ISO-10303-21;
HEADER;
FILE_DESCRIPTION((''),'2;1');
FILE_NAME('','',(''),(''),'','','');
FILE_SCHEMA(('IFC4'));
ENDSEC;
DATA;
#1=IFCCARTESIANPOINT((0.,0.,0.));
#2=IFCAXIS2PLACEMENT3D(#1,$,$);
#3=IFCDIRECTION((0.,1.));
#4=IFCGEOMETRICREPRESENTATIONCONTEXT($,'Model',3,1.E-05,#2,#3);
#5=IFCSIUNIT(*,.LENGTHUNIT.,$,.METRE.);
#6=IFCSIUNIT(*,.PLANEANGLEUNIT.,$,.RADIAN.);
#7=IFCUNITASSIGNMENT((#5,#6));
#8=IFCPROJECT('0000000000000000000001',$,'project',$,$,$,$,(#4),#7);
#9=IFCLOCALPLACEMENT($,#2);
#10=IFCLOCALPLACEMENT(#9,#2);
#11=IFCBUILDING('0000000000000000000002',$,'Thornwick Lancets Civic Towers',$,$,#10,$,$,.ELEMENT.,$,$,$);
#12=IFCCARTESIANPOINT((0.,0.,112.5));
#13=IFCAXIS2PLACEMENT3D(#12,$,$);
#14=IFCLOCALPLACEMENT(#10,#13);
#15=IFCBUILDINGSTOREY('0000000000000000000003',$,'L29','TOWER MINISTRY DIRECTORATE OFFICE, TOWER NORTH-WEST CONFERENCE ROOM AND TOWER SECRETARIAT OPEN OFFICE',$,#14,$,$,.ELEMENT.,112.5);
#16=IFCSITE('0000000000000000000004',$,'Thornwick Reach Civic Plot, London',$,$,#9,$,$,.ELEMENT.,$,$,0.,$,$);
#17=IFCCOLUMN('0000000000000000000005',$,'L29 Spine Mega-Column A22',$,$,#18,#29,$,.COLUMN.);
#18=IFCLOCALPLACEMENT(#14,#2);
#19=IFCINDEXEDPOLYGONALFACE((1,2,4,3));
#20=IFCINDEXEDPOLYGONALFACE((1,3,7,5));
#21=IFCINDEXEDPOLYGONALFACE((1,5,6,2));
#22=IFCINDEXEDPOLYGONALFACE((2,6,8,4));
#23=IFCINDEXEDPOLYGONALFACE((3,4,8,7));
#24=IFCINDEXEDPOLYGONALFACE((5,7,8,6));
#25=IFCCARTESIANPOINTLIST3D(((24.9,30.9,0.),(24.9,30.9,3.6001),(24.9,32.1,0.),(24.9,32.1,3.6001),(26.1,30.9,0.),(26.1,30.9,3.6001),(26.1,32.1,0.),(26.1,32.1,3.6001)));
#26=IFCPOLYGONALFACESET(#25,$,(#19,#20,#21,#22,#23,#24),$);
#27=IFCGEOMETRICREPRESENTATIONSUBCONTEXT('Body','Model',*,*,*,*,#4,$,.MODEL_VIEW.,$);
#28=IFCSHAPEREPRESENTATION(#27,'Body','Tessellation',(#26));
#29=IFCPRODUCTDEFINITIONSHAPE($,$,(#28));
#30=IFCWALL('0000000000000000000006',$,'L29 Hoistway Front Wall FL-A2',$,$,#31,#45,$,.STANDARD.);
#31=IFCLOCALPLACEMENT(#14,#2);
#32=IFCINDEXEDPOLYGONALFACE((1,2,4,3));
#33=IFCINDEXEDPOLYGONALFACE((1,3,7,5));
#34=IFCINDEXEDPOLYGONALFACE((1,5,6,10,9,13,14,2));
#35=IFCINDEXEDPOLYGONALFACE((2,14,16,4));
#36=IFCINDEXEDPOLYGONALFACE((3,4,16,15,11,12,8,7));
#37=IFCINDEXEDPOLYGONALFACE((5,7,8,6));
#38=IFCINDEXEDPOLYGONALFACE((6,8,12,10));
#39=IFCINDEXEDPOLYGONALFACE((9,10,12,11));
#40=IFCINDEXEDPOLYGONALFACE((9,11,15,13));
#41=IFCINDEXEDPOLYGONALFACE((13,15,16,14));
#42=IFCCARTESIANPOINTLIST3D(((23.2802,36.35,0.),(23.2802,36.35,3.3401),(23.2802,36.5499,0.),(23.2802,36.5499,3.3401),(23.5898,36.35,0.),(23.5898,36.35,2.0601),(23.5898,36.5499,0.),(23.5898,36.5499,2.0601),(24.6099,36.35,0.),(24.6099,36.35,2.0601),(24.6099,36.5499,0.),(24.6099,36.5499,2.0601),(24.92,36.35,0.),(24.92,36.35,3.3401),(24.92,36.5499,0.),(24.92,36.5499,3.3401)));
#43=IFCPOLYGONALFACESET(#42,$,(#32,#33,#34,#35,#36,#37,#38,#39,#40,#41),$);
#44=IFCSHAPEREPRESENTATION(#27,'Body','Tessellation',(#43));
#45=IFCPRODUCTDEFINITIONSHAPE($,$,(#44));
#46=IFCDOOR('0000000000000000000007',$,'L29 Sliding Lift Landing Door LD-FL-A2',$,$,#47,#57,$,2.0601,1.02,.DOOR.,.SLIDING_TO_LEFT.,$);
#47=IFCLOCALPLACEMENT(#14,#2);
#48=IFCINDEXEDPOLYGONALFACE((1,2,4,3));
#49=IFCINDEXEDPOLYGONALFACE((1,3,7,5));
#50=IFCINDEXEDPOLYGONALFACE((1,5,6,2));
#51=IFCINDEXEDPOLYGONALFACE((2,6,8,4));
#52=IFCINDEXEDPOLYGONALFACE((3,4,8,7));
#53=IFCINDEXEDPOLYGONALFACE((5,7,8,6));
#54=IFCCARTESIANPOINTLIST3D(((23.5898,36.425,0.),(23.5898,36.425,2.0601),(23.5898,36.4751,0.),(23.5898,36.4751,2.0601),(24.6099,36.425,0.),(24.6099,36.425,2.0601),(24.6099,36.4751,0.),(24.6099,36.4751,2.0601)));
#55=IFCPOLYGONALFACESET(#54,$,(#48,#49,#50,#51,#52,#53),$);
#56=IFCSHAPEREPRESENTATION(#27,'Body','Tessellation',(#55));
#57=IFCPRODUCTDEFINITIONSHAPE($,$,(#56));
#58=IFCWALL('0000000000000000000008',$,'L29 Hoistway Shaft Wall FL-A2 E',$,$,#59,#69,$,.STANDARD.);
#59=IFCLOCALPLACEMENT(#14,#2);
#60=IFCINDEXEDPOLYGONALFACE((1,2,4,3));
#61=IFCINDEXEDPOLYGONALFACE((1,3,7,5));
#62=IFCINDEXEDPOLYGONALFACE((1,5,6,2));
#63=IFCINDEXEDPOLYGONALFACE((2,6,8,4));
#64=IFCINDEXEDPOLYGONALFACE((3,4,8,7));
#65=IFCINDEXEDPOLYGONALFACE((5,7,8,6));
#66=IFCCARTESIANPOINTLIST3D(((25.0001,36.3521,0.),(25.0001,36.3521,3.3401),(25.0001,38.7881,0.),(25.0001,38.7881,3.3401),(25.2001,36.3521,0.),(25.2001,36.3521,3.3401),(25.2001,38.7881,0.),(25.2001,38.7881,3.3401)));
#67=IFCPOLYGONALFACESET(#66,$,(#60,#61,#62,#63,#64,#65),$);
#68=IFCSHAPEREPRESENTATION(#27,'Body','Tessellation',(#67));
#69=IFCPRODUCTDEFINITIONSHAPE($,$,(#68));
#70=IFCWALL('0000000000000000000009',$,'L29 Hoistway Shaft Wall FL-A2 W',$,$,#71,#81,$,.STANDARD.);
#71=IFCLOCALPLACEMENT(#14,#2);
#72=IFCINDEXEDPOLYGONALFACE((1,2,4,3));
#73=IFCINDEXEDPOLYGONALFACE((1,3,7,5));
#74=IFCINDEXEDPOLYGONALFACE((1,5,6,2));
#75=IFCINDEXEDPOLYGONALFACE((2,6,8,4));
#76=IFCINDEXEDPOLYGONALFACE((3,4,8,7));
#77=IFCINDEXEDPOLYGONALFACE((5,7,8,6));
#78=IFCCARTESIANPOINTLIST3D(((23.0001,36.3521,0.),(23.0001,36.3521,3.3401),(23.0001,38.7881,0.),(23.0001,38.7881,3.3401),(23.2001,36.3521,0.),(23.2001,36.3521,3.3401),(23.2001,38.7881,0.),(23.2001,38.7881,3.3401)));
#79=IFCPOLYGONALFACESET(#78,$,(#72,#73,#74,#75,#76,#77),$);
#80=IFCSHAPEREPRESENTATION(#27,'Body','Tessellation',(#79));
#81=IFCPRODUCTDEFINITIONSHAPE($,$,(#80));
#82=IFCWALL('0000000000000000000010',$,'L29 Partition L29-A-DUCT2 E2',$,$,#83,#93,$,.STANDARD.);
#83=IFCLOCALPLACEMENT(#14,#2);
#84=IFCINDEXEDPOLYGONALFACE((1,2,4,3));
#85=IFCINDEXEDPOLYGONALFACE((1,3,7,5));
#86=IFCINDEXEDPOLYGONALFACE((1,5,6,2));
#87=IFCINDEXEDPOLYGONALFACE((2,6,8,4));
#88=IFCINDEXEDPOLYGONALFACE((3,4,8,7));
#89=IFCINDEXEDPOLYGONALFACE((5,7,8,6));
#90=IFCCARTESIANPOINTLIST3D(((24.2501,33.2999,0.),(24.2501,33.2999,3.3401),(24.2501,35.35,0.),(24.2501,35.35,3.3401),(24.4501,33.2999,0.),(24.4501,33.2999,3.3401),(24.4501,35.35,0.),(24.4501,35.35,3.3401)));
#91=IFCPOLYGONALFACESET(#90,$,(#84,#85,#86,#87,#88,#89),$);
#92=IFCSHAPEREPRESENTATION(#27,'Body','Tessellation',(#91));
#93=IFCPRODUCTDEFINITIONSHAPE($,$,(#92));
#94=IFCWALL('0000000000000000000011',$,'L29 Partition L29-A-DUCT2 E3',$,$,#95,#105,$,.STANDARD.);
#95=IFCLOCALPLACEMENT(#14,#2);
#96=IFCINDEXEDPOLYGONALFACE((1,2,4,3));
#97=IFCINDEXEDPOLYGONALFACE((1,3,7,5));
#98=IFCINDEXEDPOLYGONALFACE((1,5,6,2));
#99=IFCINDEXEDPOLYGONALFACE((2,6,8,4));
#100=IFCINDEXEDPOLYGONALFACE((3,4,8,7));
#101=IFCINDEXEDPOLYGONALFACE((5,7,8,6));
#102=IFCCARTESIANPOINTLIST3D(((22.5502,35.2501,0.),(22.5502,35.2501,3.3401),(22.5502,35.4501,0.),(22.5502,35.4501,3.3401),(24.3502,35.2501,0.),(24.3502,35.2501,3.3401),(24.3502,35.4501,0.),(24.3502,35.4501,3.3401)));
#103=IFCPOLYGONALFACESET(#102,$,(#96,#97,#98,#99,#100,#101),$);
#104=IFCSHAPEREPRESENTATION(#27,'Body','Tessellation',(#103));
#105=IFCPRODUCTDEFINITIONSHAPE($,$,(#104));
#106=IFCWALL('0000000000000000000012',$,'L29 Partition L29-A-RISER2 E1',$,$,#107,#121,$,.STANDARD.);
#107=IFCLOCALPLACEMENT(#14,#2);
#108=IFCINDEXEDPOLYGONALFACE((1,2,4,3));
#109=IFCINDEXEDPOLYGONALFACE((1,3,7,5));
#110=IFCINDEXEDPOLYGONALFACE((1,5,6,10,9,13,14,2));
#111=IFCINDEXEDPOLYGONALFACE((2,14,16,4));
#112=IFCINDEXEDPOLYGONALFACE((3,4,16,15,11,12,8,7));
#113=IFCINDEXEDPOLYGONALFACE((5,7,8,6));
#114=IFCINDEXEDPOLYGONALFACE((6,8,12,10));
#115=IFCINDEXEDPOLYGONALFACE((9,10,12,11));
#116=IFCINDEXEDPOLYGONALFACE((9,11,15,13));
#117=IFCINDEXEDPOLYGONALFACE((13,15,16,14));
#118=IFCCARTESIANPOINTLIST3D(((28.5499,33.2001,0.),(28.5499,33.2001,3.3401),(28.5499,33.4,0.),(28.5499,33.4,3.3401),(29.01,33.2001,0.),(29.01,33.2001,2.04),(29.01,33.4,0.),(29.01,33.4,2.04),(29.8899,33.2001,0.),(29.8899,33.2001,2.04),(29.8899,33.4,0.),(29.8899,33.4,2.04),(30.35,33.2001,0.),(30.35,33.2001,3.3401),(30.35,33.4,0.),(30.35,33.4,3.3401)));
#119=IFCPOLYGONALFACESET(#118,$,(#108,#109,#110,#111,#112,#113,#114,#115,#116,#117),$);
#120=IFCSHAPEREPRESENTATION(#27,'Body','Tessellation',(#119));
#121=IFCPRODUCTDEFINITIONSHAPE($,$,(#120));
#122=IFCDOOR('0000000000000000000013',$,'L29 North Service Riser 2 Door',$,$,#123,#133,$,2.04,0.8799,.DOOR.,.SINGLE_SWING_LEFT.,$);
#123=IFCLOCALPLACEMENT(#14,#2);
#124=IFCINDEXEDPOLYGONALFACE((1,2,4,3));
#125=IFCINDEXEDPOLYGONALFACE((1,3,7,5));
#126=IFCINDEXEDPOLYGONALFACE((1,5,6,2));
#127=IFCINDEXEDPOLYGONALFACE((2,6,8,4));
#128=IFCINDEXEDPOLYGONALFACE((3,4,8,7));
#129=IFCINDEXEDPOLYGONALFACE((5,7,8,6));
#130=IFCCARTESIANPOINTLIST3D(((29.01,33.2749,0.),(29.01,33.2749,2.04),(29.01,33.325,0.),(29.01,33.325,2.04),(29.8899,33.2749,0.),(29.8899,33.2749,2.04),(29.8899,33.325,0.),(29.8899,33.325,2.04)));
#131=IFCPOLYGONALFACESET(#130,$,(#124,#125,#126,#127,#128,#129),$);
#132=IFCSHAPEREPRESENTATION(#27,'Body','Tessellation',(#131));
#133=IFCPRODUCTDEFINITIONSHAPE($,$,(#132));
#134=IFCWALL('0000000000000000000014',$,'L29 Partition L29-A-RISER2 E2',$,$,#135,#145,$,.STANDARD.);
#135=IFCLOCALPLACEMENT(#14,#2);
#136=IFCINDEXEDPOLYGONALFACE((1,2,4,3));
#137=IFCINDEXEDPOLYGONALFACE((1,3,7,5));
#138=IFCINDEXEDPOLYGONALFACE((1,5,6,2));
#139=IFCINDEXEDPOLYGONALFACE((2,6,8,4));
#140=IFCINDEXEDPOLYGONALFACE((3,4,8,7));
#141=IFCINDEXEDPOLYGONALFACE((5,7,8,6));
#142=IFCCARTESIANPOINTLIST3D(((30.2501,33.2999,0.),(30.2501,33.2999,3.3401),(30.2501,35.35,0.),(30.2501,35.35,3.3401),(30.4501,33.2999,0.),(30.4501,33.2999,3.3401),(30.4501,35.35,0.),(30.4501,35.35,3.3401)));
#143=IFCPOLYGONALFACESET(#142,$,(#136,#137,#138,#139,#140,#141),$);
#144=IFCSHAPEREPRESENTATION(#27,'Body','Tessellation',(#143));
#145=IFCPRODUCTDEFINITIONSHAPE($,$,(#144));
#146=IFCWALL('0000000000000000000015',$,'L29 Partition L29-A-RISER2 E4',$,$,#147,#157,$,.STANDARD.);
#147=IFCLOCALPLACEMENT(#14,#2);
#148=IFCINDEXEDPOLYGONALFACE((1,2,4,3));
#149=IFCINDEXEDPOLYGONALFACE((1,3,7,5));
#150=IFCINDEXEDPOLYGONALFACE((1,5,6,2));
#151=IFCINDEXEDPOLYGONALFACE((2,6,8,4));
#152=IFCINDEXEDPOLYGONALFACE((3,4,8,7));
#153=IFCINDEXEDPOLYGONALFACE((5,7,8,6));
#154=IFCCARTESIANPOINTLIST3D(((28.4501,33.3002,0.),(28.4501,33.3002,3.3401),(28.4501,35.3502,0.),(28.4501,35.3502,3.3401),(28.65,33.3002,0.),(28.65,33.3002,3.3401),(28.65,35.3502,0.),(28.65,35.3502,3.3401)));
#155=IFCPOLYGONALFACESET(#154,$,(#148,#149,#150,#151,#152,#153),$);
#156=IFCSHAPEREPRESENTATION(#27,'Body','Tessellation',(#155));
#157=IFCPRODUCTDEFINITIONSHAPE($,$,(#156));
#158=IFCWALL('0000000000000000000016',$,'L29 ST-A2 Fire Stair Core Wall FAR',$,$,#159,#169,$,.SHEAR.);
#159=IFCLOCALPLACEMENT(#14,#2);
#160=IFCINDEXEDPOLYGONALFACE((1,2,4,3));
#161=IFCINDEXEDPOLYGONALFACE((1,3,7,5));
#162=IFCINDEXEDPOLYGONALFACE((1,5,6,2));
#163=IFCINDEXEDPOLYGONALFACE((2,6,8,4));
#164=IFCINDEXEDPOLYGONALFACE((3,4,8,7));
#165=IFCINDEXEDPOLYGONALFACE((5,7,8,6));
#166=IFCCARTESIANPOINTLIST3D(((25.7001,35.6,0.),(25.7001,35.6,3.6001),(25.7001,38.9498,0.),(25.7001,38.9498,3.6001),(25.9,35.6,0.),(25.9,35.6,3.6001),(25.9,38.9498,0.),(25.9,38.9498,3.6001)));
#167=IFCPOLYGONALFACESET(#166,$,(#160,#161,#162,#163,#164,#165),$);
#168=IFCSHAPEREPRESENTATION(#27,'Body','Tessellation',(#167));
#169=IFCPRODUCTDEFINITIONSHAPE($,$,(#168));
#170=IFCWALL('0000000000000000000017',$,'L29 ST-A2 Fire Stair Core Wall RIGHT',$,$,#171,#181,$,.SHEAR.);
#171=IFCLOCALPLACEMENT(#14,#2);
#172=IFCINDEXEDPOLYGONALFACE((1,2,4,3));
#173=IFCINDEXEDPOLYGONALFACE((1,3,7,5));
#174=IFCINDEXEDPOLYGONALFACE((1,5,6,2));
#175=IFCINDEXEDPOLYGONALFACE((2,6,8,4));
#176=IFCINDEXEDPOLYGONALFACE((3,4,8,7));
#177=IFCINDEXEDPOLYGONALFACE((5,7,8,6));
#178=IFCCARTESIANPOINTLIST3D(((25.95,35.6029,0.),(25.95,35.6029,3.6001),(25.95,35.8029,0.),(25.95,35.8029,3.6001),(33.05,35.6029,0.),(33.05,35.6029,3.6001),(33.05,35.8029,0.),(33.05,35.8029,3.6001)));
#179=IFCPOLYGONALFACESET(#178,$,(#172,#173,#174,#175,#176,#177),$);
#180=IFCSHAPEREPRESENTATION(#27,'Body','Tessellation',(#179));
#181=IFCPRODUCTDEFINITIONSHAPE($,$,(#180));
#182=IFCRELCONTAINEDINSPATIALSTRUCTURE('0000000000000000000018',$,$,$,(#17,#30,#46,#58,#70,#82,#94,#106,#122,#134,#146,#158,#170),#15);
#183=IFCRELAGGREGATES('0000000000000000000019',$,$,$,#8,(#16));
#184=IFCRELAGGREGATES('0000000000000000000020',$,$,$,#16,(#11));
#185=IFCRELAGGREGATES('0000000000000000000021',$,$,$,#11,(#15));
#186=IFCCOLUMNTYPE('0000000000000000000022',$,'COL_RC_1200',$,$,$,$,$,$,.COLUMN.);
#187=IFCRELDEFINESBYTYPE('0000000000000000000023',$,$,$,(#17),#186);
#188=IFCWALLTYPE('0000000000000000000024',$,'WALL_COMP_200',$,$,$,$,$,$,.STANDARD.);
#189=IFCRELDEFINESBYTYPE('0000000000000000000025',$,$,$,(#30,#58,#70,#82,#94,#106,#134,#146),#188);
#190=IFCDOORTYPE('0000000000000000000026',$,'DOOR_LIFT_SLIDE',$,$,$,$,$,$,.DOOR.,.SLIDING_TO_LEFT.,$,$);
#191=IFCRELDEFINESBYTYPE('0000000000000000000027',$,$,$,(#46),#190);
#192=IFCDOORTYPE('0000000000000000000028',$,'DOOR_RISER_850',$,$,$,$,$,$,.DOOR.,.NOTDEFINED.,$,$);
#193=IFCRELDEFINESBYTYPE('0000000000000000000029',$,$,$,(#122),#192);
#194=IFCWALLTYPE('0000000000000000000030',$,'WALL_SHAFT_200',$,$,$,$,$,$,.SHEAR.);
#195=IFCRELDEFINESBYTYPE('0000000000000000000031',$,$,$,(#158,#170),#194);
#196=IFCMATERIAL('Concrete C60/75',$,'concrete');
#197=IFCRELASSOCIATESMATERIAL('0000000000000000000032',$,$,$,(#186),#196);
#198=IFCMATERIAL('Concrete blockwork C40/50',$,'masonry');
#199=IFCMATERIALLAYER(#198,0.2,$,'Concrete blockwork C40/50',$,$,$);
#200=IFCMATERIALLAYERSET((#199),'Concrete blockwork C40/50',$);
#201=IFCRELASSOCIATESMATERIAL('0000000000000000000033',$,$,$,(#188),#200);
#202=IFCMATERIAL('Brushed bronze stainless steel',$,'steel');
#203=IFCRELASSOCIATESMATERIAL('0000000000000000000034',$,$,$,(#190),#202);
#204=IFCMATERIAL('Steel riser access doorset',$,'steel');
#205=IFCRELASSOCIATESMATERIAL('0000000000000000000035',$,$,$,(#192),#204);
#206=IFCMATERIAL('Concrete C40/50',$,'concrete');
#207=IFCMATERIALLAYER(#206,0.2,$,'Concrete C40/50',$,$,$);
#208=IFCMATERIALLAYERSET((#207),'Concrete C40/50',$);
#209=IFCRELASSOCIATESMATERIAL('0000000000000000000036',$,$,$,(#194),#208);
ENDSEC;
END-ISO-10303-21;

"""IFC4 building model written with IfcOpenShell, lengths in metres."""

from ifc_helpers import new_model, si_unit, direction, frame, frame_2d, origin, origin_2d, place, context, subcontext, project, spatial, rectangle, extrude, material, layer, layer_set, material_profile, profile_set, type_object, element, fill, save


model = new_model("IFC4")

# Units and contexts
model_context = context("Model", 3, precision=1e-05, world=origin(), true_north=direction((0.0, 1.0)))
body_context = subcontext(model_context, "Body", "Model", "MODEL_VIEW")
ifc_project = project(units=[si_unit("LENGTHUNIT", "METRE"), si_unit("PLANEANGLEUNIT", "RADIAN")], contexts=[model_context])

# Site, building, storey
site_placement = place(None, origin())
site = spatial("IfcSite", under=ifc_project, at=site_placement, Name="Thornwick Reach Civic Plot, London", CompositionType="ELEMENT", RefElevation=0.0)
building_placement = place(site_placement, origin())
building = spatial("IfcBuilding", under=site, at=building_placement, Name="Thornwick Lancets Civic Towers", CompositionType="ELEMENT")
storey_placement = place(building_placement, frame((0.0, 0.0, 112.5)))
storey = spatial("IfcBuildingStorey", under=building, at=storey_placement, Name="L29", Description="TOWER MINISTRY DIRECTORATE OFFICE, TOWER NORTH-WEST CONFERENCE ROOM AND TOWER SECRETARIAT OPEN OFFICE", CompositionType="ELEMENT", Elevation=112.5)

# Column
ifc_material_1 = material(Name="Concrete C60/75", Category="concrete")
ifc_material_profile = material_profile(ifc_material_1, rectangle(XDim=1.2, YDim=1.2, at=origin_2d()), Name="RC 1200x1200")
ifc_profile_set = profile_set([ifc_material_profile], Name="Concrete C60/75")
column_type = type_object("IfcColumnType", Name="COL_RC_1200", PredefinedType="COLUMN", material=ifc_profile_set)
column_placement = place(storey_placement, frame((25.5, 31.5, 0.0), z_axis=(0.0, 0.0, 1.0), x_axis=(1.0, 0.0, 0.0)))
element("IfcColumn", 1, at=column_placement, inside=storey, type_object=column_type, Name="L29 Spine Mega-Column A22", PredefinedType="COLUMN", context=body_context, shape_type="SweptSolid", body=[
    extrude(rectangle(XDim=1.2, YDim=1.2, at=origin_2d()), origin(), (0.0, 0.0, 1.0), 3.6001),
])

# Wall, opening, door
ifc_material_2 = material(Name="Concrete blockwork C40/50", Category="masonry")
ifc_layer_1 = layer(ifc_material_2, 0.2, Name="Concrete blockwork C40/50")
ifc_layer_set_1 = layer_set([ifc_layer_1], Name="Concrete blockwork C40/50")
wall_type_1 = type_object("IfcWallType", Name="WALL_COMP_200", PredefinedType="STANDARD", material=ifc_layer_set_1)
wall_1_placement = place(storey_placement, frame((24.9199, 36.45, 0.0), z_axis=(0.0, 0.0, 1.0), x_axis=(-1.0, 0.0, 0.0)))
wall_1 = element("IfcWall", 2, at=wall_1_placement, inside=storey, type_object=wall_type_1, Name="L29 Hoistway Front Wall FL-A2", PredefinedType="STANDARD", context=body_context, shape_type="SweptSolid", body=[
    extrude(rectangle(XDim=1.6399, YDim=0.2, at=frame_2d((0.8198, 0.0))), origin(), (0.0, 0.0, 1.0), 3.3401),
])
opening_1_placement = place(wall_1_placement, frame((0.3101, 0.0, 0.0)))
opening_1 = element("IfcOpeningElement", 3, at=opening_1_placement, cuts=wall_1, PredefinedType="OPENING", context=body_context, shape_type="SweptSolid", body=[
    extrude(rectangle(XDim=1.02, YDim=2.0601, at=frame_2d((0.51, 1.03))), frame((0.0, 0.1099, 0.0), z_axis=(0.0, -1.0, 0.0), x_axis=(1.0, 0.0, 0.0)), (0.0, 0.0, 1.0), 0.22),
])
ifc_material_3 = material(Name="Brushed bronze stainless steel", Category="steel")
door_type_1 = type_object("IfcDoorType", Name="DOOR_LIFT_SLIDE", OperationType="SLIDING_TO_LEFT", PredefinedType="DOOR", material=ifc_material_3)
door_1_placement = place(opening_1_placement, origin())
door_1 = element("IfcDoor", 4, at=door_1_placement, inside=storey, type_object=door_type_1, Name="L29 Sliding Lift Landing Door LD-FL-A2", OperationType="SLIDING_TO_LEFT", OverallHeight=2.0601, OverallWidth=1.02, PredefinedType="DOOR", context=body_context, shape_type="SweptSolid", body=[
    extrude(rectangle(XDim=1.02, YDim=2.0601, at=frame_2d((0.51, 1.03))), frame((0.0, 0.0249, 0.0), z_axis=(0.0, -1.0, 0.0), x_axis=(1.0, 0.0, 0.0)), (0.0, 0.0, 1.0), 0.05),
])
fill(opening_1, door_1)

# Walls
for number, where, z_axis, x_axis, name in (
    (5, (25.1001, 36.3521, 0.0), (0.0, 0.0, 1.0), (0.0, 1.0, 0.0), "L29 Hoistway Shaft Wall FL-A2 E"),
    (6, (23.1001, 36.3521, 0.0), (0.0, 0.0, 1.0), (0.0, 1.0, 0.0), "L29 Hoistway Shaft Wall FL-A2 W"),
):
    element("IfcWall", number, at=place(storey_placement, frame(where, z_axis=z_axis, x_axis=x_axis)), inside=storey, type_object=wall_type_1, Name=name, PredefinedType="STANDARD", context=body_context, shape_type="SweptSolid", body=[
        extrude(rectangle(XDim=2.436, YDim=0.2, at=frame_2d((1.218, 0.0))), origin(), (0.0, 0.0, 1.0), 3.3401),
    ])
wall_2_placement = place(storey_placement, frame((24.3501, 33.3, 0.0), z_axis=(0.0, 0.0, 1.0), x_axis=(0.0, 1.0, 0.0)))
element("IfcWall", 7, at=wall_2_placement, inside=storey, type_object=wall_type_1, Name="L29 Partition L29-A-DUCT2 E2", PredefinedType="STANDARD", context=body_context, shape_type="SweptSolid", body=[
    extrude(rectangle(XDim=2.05, YDim=0.2, at=frame_2d((1.0249, 0.0))), origin(), (0.0, 0.0, 1.0), 3.3401),
])
wall_3_placement = place(storey_placement, frame((24.3501, 35.3501, 0.0), z_axis=(0.0, 0.0, 1.0), x_axis=(-1.0, 0.0, 0.0)))
element("IfcWall", 8, at=wall_3_placement, inside=storey, type_object=wall_type_1, Name="L29 Partition L29-A-DUCT2 E3", PredefinedType="STANDARD", context=body_context, shape_type="SweptSolid", body=[
    extrude(rectangle(XDim=1.8, YDim=0.2, at=frame_2d((0.8999, 0.0))), origin(), (0.0, 0.0, 1.0), 3.3401),
])

# Wall, opening, door
wall_4_placement = place(storey_placement, frame((28.55, 33.3, 0.0), z_axis=(0.0, 0.0, 1.0), x_axis=(1.0, 0.0, 0.0)))
wall_4 = element("IfcWall", 9, at=wall_4_placement, inside=storey, type_object=wall_type_1, Name="L29 Partition L29-A-RISER2 E1", PredefinedType="STANDARD", context=body_context, shape_type="SweptSolid", body=[
    extrude(rectangle(XDim=1.8, YDim=0.2, at=frame_2d((0.8999, 0.0))), origin(), (0.0, 0.0, 1.0), 3.3401),
])
opening_2_placement = place(wall_4_placement, frame((0.46, 0.0, 0.0)))
opening_2 = element("IfcOpeningElement", 10, at=opening_2_placement, cuts=wall_4, PredefinedType="OPENING", context=body_context, shape_type="SweptSolid", body=[
    extrude(rectangle(XDim=0.8799, YDim=2.04, at=frame_2d((0.4399, 1.02))), frame((0.0, 0.1099, 0.0), z_axis=(0.0, -1.0, 0.0), x_axis=(1.0, 0.0, 0.0)), (0.0, 0.0, 1.0), 0.22),
])
ifc_material_4 = material(Name="Steel riser access doorset", Category="steel")
door_type_2 = type_object("IfcDoorType", Name="DOOR_RISER_850", OperationType="NOTDEFINED", PredefinedType="DOOR", material=ifc_material_4)
door_2_placement = place(opening_2_placement, origin())
door_2 = element("IfcDoor", 11, at=door_2_placement, inside=storey, type_object=door_type_2, Name="L29 North Service Riser 2 Door", OperationType="SINGLE_SWING_LEFT", OverallHeight=2.04, OverallWidth=0.8799, PredefinedType="DOOR", context=body_context, shape_type="SweptSolid", body=[
    extrude(rectangle(XDim=0.8799, YDim=2.04, at=frame_2d((0.4399, 1.02))), frame((0.0, 0.0249, 0.0), z_axis=(0.0, -1.0, 0.0), x_axis=(1.0, 0.0, 0.0)), (0.0, 0.0, 1.0), 0.05),
])
fill(opening_2, door_2)

# Walls
for number, where, z_axis, x_axis, name in (
    (12, (30.3501, 33.3, 0.0), (0.0, 0.0, 1.0), (0.0, 1.0, 0.0), "L29 Partition L29-A-RISER2 E2"),
    (13, (28.55, 35.3501, 0.0), (0.0, 0.0, 1.0), (0.0, -1.0, 0.0), "L29 Partition L29-A-RISER2 E4"),
):
    element("IfcWall", number, at=place(storey_placement, frame(where, z_axis=z_axis, x_axis=x_axis)), inside=storey, type_object=wall_type_1, Name=name, PredefinedType="STANDARD", context=body_context, shape_type="SweptSolid", body=[
        extrude(rectangle(XDim=2.05, YDim=0.2, at=frame_2d((1.0249, 0.0))), origin(), (0.0, 0.0, 1.0), 3.3401),
    ])
ifc_material_5 = material(Name="Concrete C40/50", Category="concrete")
ifc_layer_2 = layer(ifc_material_5, 0.2, Name="Concrete C40/50")
ifc_layer_set_2 = layer_set([ifc_layer_2], Name="Concrete C40/50")
wall_type_2 = type_object("IfcWallType", Name="WALL_SHAFT_200", PredefinedType="SHEAR", material=ifc_layer_set_2)
wall_5_placement = place(storey_placement, frame((25.8, 35.6001, 0.0), z_axis=(0.0, 0.0, 1.0), x_axis=(0.0, 1.0, 0.0)))
element("IfcWall", 14, at=wall_5_placement, inside=storey, type_object=wall_type_2, Name="L29 ST-A2 Fire Stair Core Wall FAR", PredefinedType="SHEAR", context=body_context, shape_type="SweptSolid", body=[
    extrude(rectangle(XDim=3.3499, YDim=0.2, at=frame_2d((1.6748, 0.0))), origin(), (0.0, 0.0, 1.0), 3.6001),
])
wall_6_placement = place(storey_placement, frame((25.95, 35.7029, 0.0), z_axis=(0.0, 0.0, 1.0), x_axis=(1.0, 0.0, 0.0)))
element("IfcWall", 15, at=wall_6_placement, inside=storey, type_object=wall_type_2, Name="L29 ST-A2 Fire Stair Core Wall RIGHT", PredefinedType="SHEAR", context=body_context, shape_type="SweptSolid", body=[
    extrude(rectangle(XDim=7.1001, YDim=0.2, at=frame_2d((3.55, 0.0))), origin(), (0.0, 0.0, 1.0), 3.6001),
])

save(model, "model.ifc")
